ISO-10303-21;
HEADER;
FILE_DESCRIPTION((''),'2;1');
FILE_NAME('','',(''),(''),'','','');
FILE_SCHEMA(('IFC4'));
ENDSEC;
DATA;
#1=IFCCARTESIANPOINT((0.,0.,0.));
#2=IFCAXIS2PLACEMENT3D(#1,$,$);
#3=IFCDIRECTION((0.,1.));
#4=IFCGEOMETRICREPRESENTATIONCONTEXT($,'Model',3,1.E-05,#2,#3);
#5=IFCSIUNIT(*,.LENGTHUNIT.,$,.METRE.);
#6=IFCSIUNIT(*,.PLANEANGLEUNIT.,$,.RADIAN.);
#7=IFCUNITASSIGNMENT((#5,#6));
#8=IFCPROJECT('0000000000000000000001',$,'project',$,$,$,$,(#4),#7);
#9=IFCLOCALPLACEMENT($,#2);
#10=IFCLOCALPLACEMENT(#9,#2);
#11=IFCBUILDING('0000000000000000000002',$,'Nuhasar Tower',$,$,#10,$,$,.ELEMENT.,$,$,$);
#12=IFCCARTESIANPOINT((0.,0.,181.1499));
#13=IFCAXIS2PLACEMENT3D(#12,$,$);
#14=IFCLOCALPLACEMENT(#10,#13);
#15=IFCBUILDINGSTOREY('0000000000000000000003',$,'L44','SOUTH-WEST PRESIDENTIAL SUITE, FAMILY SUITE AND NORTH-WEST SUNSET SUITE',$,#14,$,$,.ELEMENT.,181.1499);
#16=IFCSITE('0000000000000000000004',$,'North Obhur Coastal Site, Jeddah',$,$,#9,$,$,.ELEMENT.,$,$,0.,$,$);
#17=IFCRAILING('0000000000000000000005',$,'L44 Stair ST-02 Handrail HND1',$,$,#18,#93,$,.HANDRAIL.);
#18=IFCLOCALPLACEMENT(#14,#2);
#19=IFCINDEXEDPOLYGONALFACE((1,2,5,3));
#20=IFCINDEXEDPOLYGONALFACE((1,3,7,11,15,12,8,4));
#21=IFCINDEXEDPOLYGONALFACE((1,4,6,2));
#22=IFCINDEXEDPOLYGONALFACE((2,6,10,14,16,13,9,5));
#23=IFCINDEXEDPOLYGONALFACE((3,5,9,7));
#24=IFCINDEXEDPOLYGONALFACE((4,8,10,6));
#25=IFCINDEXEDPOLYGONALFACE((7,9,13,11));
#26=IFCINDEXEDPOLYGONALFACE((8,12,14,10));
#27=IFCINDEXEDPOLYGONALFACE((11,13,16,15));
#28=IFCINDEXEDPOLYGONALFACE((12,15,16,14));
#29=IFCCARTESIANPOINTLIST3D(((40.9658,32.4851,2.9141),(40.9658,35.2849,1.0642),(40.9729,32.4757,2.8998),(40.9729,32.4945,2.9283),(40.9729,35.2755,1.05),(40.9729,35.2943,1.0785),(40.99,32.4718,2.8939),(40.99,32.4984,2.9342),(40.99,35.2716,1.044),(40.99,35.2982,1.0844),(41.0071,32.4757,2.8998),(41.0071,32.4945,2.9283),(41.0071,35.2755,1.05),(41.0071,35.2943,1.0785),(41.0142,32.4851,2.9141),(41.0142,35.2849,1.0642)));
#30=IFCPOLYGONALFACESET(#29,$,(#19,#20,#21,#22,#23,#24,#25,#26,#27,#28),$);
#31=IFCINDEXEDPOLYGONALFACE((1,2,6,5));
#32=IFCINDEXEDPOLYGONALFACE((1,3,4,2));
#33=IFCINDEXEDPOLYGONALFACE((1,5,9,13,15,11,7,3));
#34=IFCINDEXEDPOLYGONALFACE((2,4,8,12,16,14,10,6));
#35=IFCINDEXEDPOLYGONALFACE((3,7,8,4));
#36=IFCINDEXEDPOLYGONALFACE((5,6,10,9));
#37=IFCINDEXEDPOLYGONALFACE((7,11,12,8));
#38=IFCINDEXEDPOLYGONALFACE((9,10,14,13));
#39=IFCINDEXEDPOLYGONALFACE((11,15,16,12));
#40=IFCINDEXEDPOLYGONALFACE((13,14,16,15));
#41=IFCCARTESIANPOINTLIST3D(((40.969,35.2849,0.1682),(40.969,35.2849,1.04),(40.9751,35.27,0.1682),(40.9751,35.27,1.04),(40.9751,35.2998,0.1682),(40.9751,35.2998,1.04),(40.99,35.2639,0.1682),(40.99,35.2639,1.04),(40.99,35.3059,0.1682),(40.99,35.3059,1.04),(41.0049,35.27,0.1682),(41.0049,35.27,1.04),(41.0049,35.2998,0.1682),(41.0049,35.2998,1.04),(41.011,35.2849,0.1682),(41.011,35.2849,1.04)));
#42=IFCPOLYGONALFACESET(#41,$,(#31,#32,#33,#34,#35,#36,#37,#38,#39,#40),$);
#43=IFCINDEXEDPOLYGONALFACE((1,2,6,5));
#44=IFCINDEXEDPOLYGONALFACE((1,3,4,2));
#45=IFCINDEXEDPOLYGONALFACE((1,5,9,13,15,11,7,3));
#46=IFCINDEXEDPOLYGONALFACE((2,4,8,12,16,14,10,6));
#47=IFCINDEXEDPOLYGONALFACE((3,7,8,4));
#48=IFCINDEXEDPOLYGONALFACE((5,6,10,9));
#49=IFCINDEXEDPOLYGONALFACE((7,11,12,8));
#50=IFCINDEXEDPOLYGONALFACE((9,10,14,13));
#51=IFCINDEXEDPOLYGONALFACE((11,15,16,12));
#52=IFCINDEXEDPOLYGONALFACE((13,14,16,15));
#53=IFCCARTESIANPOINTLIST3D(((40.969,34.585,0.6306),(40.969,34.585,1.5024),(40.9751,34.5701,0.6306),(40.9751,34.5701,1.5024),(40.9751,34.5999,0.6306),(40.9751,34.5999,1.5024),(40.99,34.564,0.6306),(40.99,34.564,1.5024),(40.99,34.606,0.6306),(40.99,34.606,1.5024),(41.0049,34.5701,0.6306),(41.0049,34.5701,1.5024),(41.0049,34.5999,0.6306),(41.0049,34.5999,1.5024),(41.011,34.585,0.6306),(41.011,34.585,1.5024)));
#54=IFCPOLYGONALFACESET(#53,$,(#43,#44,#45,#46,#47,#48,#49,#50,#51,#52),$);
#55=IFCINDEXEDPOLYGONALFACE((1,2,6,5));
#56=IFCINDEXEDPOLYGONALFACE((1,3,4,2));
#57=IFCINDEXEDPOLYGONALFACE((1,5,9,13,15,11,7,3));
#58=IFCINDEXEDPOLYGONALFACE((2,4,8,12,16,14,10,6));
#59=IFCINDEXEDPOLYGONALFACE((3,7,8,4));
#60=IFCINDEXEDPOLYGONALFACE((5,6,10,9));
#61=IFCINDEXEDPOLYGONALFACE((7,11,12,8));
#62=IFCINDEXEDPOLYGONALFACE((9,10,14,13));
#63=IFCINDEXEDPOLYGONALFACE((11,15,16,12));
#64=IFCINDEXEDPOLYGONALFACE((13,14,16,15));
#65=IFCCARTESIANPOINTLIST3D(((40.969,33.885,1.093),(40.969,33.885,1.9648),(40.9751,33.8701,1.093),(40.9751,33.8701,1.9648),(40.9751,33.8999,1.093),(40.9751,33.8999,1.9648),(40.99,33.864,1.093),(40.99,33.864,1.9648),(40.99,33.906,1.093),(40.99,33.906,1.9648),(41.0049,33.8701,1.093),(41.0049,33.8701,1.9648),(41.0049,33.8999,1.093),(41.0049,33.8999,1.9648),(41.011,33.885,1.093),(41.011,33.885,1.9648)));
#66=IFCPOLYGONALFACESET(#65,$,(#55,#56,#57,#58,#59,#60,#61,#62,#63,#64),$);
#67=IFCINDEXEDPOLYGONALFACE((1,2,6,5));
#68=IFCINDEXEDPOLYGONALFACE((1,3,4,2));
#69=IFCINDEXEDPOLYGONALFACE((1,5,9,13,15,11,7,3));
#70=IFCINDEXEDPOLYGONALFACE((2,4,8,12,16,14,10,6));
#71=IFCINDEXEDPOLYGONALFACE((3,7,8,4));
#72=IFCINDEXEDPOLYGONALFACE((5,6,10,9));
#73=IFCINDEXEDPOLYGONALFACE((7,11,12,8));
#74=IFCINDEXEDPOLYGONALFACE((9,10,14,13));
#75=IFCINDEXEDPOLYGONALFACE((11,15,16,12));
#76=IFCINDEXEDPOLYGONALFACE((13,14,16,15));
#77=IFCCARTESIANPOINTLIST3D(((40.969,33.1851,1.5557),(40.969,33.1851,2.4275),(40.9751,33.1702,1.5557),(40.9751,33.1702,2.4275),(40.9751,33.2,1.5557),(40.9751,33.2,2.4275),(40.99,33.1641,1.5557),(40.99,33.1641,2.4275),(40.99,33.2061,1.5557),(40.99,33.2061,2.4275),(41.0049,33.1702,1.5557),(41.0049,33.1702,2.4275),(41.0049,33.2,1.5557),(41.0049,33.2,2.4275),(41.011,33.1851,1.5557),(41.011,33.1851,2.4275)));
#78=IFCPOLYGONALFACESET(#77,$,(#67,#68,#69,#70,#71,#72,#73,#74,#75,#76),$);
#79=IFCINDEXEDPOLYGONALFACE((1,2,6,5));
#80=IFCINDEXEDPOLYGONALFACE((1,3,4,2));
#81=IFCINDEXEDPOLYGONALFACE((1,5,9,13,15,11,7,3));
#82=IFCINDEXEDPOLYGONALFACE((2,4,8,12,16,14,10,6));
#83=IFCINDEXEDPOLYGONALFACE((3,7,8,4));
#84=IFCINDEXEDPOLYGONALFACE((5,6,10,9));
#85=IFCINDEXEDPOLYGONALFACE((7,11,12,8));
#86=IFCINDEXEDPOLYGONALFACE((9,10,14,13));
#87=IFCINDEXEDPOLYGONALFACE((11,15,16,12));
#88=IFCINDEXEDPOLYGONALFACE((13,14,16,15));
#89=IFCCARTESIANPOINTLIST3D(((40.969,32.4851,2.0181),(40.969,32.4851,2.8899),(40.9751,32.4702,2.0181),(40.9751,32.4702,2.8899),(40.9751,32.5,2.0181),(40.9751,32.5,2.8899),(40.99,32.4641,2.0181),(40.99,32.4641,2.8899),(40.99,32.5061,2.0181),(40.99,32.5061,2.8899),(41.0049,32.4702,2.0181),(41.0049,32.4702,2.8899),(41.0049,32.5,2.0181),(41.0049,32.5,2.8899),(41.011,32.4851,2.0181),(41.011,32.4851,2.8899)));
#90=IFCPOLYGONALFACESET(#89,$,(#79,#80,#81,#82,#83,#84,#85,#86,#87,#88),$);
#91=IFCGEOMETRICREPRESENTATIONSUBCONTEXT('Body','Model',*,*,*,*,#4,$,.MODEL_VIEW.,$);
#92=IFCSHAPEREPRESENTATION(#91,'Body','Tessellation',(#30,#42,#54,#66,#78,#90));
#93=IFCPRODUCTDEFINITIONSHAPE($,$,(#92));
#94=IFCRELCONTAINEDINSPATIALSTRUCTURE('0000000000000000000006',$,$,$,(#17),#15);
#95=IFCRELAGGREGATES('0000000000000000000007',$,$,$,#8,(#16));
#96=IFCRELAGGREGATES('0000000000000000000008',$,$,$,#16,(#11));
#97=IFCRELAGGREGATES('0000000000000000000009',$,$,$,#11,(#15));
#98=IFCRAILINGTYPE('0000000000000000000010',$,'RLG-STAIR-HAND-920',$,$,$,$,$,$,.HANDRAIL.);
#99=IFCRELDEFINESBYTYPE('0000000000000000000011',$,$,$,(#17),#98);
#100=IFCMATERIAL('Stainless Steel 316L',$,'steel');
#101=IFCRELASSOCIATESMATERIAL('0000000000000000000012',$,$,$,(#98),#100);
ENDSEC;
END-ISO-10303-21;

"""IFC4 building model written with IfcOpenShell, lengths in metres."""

from ifc_helpers import new_model, si_unit, direction, frame, origin, place, context, subcontext, project, spatial, polyline, outline, extrude, material, type_object, element, save


model = new_model("IFC4")

# Units and contexts
model_context = context("Model", 3, precision=1e-05, world=origin(), true_north=direction((0.0, 1.0)))
body_context = subcontext(model_context, "Body", "Model", "MODEL_VIEW")
ifc_project = project(units=[si_unit("LENGTHUNIT", "METRE"), si_unit("PLANEANGLEUNIT", "RADIAN")], contexts=[model_context])

# Site, building, storey
site_placement = place(None, origin())
site = spatial("IfcSite", under=ifc_project, at=site_placement, Name="North Obhur Coastal Site, Jeddah", CompositionType="ELEMENT", RefElevation=0.0)
building_placement = place(site_placement, origin())
building = spatial("IfcBuilding", under=site, at=building_placement, Name="Nuhasar Tower", CompositionType="ELEMENT")
storey_placement = place(building_placement, frame((0.0, 0.0, 181.1499)))
storey = spatial("IfcBuildingStorey", under=building, at=storey_placement, Name="L44", Description="SOUTH-WEST PRESIDENTIAL SUITE, FAMILY SUITE AND NORTH-WEST SUNSET SUITE", CompositionType="ELEMENT", Elevation=181.1499)

# Railing
ifc_material_1 = material(Name="Stainless Steel 316L", Category="steel")
railing_type_1 = type_object("IfcRailingType", Name="RLG-STAIR-HAND-920", PredefinedType="HANDRAIL", material=ifc_material_1)
railing_1_placement = place(storey_placement, frame((40.99, 35.2849, 0.1682)))
element("IfcRailing", 1, at=railing_1_placement, inside=storey, type_object=railing_type_1, Name="L44 Stair ST-02 Handrail HND1", PredefinedType="HANDRAIL", context=body_context, shape_type="SweptSolid", body=[
    extrude(outline(polyline([(0.0242, 0.0), (0.0171, 0.0171), (0.0, 0.0242), (-0.0171, 0.0171), (-0.0242, 0.0), (-0.0171, -0.0171), (0.0, -0.0242), (0.0171, -0.0171), (0.0242, 0.0)])), frame((0.0, 0.0, 0.896), z_axis=(0.0, -0.834338, 0.551254), x_axis=(1.0, 0.0, 0.0)), (0.0, 0.0, 1.0), 3.3557),
    extrude(outline(polyline([(0.021, 0.0), (0.0149, 0.0149), (0.0, 0.021), (-0.0149, 0.0149), (-0.021, 0.0), (-0.0149, -0.0149), (0.0, -0.021), (0.0149, -0.0149), (0.021, 0.0)])), origin(), (0.0, 0.0, 1.0), 0.8718),
    extrude(outline(polyline([(0.021, 0.0), (0.0149, 0.0149), (0.0, 0.021), (-0.0149, 0.0149), (-0.021, 0.0), (-0.0149, -0.0149), (0.0, -0.021), (0.0149, -0.0149), (0.021, 0.0)])), frame((0.0, -0.7, 0.4624)), (0.0, 0.0, 1.0), 0.8718),
    extrude(outline(polyline([(0.021, 0.0), (0.0149, 0.0149), (0.0, 0.021), (-0.0149, 0.0149), (-0.021, 0.0), (-0.0149, -0.0149), (0.0, -0.021), (0.0149, -0.0149), (0.021, 0.0)])), frame((0.0, -1.3999, 0.9248)), (0.0, 0.0, 1.0), 0.8718),
    extrude(outline(polyline([(0.021, 0.0), (0.0149, 0.0149), (0.0, 0.021), (-0.0149, 0.0149), (-0.021, 0.0), (-0.0149, -0.0149), (0.0, -0.021), (0.0149, -0.0149), (0.021, 0.0)])), frame((0.0, -2.0999, 1.3875)), (0.0, 0.0, 1.0), 0.8718),
    extrude(outline(polyline([(0.021, 0.0), (0.0149, 0.0149), (0.0, 0.021), (-0.0149, 0.0149), (-0.021, 0.0), (-0.0149, -0.0149), (0.0, -0.021), (0.0149, -0.0149), (0.021, 0.0)])), frame((0.0, -2.7998, 1.8499)), (0.0, 0.0, 1.0), 0.8718),
])

save(model, "model.ifc")
